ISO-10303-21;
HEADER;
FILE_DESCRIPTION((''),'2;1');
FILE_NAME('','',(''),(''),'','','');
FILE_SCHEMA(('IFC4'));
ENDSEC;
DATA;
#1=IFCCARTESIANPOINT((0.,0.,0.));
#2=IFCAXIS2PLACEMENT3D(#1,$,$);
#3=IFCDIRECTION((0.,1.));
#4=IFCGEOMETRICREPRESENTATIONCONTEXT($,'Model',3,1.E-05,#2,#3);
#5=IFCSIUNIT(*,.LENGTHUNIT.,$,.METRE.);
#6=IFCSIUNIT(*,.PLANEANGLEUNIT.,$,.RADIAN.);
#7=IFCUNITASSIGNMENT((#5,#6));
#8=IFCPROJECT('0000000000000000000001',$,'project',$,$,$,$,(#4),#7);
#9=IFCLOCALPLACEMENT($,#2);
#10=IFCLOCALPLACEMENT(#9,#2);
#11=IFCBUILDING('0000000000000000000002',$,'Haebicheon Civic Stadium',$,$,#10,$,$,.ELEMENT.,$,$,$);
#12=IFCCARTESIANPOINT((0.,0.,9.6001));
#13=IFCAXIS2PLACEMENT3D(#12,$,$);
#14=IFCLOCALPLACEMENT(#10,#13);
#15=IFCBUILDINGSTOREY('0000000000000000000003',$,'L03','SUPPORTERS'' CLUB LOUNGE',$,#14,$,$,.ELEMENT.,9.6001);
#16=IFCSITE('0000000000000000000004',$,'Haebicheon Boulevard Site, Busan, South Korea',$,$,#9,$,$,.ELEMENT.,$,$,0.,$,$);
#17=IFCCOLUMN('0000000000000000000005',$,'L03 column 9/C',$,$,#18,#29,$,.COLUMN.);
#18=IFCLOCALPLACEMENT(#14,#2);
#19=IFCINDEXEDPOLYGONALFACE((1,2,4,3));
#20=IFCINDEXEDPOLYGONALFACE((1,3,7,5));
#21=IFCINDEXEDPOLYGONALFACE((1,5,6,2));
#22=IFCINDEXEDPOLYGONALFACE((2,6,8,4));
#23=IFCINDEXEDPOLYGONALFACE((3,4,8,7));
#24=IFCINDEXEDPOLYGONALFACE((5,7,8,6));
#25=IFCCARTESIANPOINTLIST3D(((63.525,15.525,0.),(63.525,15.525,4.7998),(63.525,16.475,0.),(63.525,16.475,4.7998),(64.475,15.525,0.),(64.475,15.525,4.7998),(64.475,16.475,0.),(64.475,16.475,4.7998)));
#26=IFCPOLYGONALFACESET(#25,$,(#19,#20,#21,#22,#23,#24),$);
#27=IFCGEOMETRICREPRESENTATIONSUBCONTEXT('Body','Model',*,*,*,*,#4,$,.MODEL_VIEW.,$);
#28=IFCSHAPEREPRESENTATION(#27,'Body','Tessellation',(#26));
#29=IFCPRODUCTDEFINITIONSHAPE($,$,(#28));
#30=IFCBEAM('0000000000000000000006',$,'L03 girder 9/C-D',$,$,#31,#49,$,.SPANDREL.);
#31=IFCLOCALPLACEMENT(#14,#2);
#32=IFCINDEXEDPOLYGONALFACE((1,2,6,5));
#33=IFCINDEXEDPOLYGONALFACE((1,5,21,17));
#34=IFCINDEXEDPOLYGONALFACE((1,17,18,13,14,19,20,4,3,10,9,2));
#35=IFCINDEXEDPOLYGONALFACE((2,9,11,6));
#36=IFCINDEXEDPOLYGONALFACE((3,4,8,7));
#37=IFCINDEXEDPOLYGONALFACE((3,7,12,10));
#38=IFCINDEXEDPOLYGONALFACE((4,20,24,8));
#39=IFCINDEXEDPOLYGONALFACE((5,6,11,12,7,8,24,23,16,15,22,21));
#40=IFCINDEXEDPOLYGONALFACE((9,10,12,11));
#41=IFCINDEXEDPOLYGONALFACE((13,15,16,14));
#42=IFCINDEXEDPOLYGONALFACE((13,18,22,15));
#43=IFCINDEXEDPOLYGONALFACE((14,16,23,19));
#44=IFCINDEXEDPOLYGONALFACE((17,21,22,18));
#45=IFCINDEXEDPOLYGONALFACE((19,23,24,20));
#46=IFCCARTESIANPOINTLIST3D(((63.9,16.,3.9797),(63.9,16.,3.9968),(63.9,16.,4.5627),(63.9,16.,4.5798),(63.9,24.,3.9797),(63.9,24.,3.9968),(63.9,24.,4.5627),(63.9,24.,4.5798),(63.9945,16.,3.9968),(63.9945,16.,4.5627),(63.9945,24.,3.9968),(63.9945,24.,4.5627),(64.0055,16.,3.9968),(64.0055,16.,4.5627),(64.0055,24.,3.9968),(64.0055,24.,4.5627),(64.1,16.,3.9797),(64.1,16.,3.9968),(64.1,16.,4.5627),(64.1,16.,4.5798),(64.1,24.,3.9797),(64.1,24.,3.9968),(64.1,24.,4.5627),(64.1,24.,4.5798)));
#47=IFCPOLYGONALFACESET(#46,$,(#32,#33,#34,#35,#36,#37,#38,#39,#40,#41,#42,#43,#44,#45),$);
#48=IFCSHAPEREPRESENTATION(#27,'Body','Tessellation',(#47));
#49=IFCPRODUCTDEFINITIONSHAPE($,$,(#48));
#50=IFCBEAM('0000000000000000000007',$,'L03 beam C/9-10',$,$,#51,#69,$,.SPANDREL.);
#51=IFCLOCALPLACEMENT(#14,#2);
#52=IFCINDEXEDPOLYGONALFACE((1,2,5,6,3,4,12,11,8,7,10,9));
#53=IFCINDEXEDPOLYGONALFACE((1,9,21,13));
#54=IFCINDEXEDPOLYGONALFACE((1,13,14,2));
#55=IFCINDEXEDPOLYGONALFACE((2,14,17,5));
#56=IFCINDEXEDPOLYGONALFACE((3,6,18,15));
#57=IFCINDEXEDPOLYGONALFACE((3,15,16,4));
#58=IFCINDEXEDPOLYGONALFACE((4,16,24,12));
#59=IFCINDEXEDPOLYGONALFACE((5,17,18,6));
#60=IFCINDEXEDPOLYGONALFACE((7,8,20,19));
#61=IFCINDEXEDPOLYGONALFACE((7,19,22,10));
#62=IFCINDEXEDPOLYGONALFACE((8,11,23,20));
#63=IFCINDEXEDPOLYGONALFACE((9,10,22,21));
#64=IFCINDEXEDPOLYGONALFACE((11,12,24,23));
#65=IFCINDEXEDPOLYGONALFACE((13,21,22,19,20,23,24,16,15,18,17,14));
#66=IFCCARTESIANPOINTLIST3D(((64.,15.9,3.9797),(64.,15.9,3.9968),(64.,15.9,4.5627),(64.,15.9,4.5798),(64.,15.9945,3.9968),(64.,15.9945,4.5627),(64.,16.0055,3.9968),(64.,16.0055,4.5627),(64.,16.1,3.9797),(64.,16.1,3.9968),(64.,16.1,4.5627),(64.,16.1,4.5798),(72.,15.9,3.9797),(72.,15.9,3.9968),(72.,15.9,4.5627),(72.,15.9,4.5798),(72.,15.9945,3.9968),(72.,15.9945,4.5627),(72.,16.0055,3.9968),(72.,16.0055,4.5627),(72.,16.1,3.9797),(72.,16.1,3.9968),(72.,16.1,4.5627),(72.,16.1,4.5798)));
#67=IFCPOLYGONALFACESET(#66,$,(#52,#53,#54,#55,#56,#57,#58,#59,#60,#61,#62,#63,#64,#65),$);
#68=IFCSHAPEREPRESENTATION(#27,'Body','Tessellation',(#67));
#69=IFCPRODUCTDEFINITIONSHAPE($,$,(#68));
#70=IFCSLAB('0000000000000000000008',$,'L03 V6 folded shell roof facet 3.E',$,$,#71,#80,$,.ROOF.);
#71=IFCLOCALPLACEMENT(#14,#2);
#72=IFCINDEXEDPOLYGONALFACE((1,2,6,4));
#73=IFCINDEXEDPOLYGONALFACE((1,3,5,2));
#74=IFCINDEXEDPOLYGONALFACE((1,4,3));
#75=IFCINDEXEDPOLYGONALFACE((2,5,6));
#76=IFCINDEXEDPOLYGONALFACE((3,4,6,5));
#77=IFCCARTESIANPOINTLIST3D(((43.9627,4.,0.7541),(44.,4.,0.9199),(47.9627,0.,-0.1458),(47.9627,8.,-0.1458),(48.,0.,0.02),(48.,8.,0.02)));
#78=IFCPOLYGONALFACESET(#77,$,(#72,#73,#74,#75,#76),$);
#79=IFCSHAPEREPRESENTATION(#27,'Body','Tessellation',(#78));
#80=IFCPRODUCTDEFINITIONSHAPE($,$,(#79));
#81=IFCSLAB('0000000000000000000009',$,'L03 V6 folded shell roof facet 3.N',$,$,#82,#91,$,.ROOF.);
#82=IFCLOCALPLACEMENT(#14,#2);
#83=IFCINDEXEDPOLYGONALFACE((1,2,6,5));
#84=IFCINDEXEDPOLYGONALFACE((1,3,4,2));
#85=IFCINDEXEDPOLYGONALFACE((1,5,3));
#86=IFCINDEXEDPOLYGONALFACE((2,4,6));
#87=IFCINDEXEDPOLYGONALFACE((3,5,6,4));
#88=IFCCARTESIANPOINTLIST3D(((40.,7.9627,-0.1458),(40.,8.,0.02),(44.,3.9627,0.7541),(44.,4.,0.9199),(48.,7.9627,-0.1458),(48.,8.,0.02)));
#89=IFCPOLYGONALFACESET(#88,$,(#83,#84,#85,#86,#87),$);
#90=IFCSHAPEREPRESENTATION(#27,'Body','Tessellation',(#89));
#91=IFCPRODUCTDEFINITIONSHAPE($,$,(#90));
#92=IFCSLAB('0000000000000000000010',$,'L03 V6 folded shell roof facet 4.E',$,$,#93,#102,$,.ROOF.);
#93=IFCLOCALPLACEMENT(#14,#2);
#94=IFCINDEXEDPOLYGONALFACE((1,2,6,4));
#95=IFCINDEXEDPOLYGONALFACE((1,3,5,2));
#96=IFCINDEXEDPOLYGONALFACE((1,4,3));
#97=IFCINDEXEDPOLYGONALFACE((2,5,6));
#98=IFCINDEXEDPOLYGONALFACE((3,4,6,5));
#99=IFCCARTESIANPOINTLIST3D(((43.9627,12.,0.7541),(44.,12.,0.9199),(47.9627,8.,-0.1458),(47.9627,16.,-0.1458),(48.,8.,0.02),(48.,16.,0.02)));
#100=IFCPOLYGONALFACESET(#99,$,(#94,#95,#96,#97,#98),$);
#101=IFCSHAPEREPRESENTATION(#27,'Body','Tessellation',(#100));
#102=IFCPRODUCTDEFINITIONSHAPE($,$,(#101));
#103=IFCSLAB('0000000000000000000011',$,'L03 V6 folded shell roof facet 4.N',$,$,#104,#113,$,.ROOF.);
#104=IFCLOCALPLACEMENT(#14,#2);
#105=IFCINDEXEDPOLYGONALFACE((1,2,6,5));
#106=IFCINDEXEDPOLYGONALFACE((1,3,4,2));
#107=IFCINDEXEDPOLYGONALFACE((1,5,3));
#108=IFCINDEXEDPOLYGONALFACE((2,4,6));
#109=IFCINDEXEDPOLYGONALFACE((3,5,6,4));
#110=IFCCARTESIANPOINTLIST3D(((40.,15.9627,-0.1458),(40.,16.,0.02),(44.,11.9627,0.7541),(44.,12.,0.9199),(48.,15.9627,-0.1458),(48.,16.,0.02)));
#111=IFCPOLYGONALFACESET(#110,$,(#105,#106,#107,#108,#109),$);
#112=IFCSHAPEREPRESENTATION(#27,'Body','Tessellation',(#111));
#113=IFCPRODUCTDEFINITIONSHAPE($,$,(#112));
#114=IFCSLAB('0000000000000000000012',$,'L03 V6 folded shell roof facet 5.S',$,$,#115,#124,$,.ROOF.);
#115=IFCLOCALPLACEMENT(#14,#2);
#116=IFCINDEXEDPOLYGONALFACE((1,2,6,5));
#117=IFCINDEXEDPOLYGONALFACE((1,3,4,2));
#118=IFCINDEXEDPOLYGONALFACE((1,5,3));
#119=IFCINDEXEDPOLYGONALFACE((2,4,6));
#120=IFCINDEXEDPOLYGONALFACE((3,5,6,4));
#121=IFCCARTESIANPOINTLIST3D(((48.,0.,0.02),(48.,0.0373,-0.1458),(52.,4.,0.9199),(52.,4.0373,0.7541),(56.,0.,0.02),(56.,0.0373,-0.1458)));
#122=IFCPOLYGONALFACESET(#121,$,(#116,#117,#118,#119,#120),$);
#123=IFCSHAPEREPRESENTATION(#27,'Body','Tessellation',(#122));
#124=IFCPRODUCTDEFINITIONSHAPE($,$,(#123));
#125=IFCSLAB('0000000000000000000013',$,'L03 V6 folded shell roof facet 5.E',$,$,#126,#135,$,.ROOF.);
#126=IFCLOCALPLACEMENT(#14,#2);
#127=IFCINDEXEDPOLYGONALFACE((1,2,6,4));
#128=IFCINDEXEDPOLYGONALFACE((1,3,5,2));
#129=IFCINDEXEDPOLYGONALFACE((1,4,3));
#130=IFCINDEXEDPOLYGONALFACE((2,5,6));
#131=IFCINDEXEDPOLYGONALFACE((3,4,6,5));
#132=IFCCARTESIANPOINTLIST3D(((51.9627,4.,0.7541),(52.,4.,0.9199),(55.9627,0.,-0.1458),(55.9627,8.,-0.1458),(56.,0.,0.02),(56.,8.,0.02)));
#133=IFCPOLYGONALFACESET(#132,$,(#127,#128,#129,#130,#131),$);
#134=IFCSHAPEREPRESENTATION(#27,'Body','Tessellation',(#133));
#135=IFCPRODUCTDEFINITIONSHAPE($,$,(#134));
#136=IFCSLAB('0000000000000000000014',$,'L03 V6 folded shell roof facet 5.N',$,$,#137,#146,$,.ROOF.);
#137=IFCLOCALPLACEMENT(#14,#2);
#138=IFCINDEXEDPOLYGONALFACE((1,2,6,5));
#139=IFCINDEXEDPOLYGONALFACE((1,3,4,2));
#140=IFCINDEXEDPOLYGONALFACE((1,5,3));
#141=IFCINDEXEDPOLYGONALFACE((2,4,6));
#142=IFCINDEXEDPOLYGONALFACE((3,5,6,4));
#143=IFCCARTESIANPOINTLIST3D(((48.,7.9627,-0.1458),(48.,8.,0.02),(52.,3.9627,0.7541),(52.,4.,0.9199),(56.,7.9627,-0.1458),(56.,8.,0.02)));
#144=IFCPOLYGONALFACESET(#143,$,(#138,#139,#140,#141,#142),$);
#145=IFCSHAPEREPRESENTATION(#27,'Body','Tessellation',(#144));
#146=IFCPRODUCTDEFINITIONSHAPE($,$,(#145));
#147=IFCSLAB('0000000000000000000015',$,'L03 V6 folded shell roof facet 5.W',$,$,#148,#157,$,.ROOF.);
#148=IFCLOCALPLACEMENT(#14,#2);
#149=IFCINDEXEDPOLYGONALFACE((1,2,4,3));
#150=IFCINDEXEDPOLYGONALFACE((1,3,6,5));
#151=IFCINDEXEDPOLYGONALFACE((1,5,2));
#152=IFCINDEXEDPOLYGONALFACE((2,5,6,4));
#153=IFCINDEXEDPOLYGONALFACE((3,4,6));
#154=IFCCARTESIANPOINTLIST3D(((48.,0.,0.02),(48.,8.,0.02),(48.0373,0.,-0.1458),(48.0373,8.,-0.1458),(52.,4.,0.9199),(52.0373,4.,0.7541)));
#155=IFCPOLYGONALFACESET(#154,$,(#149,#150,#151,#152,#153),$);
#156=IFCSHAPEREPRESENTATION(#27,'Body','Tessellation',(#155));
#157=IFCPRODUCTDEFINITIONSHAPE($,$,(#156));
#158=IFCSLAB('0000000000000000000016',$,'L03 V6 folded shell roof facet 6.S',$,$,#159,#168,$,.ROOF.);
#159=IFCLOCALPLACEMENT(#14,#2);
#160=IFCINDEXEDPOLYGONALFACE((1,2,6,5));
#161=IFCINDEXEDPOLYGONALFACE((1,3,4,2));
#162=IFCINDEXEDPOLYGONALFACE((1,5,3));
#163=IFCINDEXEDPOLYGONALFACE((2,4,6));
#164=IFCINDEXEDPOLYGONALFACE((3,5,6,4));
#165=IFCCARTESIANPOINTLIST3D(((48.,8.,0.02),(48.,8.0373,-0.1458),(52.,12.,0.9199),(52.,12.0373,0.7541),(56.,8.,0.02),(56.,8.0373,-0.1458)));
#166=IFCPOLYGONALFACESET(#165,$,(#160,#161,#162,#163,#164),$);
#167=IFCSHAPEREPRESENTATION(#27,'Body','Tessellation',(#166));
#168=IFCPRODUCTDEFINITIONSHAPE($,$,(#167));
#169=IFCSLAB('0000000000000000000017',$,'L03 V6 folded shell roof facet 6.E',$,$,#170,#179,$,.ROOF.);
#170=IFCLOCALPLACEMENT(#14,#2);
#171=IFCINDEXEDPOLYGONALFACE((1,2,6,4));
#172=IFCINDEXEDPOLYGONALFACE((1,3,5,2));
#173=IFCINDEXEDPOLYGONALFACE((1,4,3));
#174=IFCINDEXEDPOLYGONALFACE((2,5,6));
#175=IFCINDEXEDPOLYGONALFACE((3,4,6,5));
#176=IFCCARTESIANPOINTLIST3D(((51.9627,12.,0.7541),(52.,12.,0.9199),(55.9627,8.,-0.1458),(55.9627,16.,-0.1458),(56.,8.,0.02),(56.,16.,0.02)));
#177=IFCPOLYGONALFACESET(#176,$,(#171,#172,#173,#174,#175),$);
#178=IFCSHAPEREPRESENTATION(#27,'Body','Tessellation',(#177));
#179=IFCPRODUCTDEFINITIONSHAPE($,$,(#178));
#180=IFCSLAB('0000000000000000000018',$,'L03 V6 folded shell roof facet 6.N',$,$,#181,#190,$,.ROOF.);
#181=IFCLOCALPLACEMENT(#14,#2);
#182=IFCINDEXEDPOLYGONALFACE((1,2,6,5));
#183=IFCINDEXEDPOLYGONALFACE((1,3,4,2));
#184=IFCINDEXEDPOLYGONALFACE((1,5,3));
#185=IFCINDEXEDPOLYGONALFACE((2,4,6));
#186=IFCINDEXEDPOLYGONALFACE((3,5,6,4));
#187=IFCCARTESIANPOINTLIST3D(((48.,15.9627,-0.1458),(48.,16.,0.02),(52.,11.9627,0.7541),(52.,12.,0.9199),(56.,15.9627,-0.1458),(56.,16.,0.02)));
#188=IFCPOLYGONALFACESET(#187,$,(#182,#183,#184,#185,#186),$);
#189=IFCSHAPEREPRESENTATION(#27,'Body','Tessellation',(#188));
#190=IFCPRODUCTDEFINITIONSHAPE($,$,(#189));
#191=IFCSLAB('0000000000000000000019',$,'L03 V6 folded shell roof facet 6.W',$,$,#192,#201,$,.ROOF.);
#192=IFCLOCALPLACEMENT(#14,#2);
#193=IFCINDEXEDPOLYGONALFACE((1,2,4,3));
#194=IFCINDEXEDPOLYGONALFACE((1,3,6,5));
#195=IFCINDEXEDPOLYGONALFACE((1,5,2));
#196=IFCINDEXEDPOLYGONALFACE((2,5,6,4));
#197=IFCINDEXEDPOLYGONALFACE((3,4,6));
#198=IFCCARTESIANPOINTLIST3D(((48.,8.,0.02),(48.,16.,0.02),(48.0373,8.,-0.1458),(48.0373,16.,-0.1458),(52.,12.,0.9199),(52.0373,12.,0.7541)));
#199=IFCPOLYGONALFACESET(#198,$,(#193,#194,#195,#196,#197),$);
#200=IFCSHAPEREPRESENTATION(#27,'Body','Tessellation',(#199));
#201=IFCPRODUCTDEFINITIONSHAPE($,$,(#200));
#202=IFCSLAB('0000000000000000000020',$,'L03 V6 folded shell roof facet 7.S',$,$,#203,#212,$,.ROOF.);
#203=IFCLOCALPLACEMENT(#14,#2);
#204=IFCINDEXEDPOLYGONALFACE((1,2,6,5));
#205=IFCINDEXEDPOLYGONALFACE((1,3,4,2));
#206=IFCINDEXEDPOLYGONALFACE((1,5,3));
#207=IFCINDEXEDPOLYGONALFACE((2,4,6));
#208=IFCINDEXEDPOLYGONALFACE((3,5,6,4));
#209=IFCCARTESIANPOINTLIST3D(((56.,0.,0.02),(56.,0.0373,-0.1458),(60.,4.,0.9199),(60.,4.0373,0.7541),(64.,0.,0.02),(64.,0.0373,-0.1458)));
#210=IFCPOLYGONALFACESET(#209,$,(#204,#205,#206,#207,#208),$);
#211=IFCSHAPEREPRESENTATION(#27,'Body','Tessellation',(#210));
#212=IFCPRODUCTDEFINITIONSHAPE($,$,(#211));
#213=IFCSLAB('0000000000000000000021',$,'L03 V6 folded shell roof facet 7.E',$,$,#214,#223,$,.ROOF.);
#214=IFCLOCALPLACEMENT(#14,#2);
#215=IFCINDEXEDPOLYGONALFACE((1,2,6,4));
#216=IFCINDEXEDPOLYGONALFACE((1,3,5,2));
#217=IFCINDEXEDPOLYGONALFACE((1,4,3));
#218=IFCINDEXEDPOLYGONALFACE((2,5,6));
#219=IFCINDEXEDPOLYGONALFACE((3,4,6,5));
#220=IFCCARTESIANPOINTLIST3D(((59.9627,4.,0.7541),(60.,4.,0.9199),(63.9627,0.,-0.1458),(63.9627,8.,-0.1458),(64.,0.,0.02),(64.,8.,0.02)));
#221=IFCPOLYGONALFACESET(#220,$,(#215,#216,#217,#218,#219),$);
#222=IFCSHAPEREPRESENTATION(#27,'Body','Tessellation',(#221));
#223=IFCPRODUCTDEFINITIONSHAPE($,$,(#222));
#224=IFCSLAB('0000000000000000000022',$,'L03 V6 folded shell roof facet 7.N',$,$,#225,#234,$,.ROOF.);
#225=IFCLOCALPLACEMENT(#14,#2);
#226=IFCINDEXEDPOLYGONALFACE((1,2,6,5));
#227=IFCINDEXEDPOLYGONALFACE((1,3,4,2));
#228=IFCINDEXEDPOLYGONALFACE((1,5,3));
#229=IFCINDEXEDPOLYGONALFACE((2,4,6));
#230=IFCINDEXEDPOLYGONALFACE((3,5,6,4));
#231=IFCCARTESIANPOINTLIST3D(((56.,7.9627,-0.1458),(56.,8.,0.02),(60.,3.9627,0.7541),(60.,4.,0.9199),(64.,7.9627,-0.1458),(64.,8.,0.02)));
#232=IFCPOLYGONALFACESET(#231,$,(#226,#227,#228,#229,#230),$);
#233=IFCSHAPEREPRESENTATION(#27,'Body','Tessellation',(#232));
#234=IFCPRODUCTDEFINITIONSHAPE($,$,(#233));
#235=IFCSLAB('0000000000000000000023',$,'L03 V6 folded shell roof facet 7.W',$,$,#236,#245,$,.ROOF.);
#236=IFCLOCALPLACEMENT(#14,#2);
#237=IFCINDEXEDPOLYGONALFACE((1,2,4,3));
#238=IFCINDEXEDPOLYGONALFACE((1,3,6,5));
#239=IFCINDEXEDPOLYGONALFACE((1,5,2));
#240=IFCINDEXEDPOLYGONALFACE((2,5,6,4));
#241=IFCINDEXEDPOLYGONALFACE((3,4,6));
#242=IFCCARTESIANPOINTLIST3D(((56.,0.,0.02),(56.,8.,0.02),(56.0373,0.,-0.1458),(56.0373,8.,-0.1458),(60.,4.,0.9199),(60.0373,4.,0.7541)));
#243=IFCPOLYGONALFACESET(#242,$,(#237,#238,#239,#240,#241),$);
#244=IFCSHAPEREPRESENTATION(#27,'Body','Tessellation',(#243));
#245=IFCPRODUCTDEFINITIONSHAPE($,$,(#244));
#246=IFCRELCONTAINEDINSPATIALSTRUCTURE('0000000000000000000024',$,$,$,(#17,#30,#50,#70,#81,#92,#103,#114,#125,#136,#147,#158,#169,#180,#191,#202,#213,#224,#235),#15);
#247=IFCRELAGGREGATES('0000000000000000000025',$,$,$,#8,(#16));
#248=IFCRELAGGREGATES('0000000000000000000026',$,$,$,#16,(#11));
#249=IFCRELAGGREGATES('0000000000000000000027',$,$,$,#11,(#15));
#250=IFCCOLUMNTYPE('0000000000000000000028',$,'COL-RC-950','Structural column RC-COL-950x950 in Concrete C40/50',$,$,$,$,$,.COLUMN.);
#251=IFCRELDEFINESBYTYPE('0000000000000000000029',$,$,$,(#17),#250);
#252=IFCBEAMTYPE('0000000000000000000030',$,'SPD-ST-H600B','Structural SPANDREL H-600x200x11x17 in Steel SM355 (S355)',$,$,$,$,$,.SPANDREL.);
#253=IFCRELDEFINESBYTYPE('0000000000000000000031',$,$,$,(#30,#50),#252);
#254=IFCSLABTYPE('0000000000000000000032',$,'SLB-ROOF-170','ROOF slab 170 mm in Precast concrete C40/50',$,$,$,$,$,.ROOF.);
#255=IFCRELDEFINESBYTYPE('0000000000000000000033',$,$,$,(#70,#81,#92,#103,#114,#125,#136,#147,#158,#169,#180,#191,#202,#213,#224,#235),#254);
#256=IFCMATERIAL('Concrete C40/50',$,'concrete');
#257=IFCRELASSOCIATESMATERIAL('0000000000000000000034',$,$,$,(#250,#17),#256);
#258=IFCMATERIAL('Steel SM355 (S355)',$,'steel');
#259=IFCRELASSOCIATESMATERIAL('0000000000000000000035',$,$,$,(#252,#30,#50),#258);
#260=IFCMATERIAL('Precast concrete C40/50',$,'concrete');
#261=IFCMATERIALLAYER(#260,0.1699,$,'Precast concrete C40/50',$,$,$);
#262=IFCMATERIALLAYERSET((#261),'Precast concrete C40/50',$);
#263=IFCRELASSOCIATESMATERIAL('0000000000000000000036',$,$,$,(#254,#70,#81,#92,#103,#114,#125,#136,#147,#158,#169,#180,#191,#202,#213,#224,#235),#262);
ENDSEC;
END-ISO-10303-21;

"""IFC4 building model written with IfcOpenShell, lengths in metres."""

from ifc_helpers import new_model, si_unit, direction, frame, origin, origin_2d, place, context, subcontext, project, spatial, polyline, rectangle, i_section, outline, extrude, material, layer, layer_set, material_profile, profile_set, type_object, element, save


model = new_model("IFC4")

# Units and contexts
model_context = context("Model", 3, precision=1e-05, world=origin(), true_north=direction((0.0, 1.0)))
body_context = subcontext(model_context, "Body", "Model", "MODEL_VIEW")
ifc_project = project(units=[si_unit("LENGTHUNIT", "METRE"), si_unit("PLANEANGLEUNIT", "RADIAN")], contexts=[model_context])

# Site, building, storey
site_placement = place(None, origin())
site = spatial("IfcSite", under=ifc_project, at=site_placement, Name="Haebicheon Boulevard Site, Busan, South Korea", CompositionType="ELEMENT", RefElevation=0.0)
building_placement = place(site_placement, origin())
building = spatial("IfcBuilding", under=site, at=building_placement, Name="Haebicheon Civic Stadium", CompositionType="ELEMENT")
storey_placement = place(building_placement, frame((0.0, 0.0, 9.6001)))
storey = spatial("IfcBuildingStorey", under=building, at=storey_placement, Name="L03", Description="SUPPORTERS' CLUB LOUNGE", CompositionType="ELEMENT", Elevation=9.6001)

# Column
ifc_material_1 = material(Name="Concrete C40/50", Category="concrete")
ifc_material_profile_1 = material_profile(ifc_material_1, rectangle(XDim=0.95, YDim=0.95, at=origin_2d()), Name="RC-COL-950x950")
ifc_profile_set_1 = profile_set([ifc_material_profile_1], Name="Concrete C40/50")
column_type = type_object("IfcColumnType", Name="COL-RC-950", Description="Structural column RC-COL-950x950 in Concrete C40/50", PredefinedType="COLUMN", material=ifc_profile_set_1)
column_placement = place(storey_placement, frame((64.0, 16.0, 0.0), z_axis=(0.0, 0.0, 1.0), x_axis=(1.0, 0.0, 0.0)))
element("IfcColumn", 1, at=column_placement, inside=storey, type_object=column_type, material=ifc_profile_set_1, Name="L03 column 9/C", PredefinedType="COLUMN", context=body_context, shape_type="SweptSolid", body=[
    extrude(rectangle(XDim=0.95, YDim=0.95, at=origin_2d()), origin(), (0.0, 0.0, 1.0), 4.7998),
])

# Beams
ifc_material_2 = material(Name="Steel SM355 (S355)", Category="steel")
ifc_material_profile_2 = material_profile(ifc_material_2, i_section(OverallWidth=0.2, OverallDepth=0.6001, WebThickness=0.011, FlangeThickness=0.0171, at=origin_2d()), Name="H-600x200x11x17")
ifc_profile_set_2 = profile_set([ifc_material_profile_2], Name="Steel SM355 (S355)")
beam_type = type_object("IfcBeamType", Name="SPD-ST-H600B", Description="Structural SPANDREL H-600x200x11x17 in Steel SM355 (S355)", PredefinedType="SPANDREL", material=ifc_profile_set_2)
for number, where, z_axis, x_axis, name in (
    (2, (64.0, 16.0, 4.2798), (0.0, 1.0, 0.0), (-1.0, 0.0, 0.0), "L03 girder 9/C-D"),
    (3, (64.0, 16.0, 4.2798), (1.0, 0.0, 0.0), (0.0, 1.0, 0.0), "L03 beam C/9-10"),
):
    element("IfcBeam", number, at=place(storey_placement, frame(where, z_axis=z_axis, x_axis=x_axis)), inside=storey, type_object=beam_type, material=ifc_profile_set_2, Name=name, PredefinedType="SPANDREL", context=body_context, shape_type="SweptSolid", body=[
        extrude(i_section(OverallWidth=0.2, OverallDepth=0.6001, WebThickness=0.011, FlangeThickness=0.0171, at=origin_2d()), origin(), (0.0, 0.0, 1.0), 8.0),
    ])

# Slabs
ifc_material_3 = material(Name="Precast concrete C40/50", Category="concrete")
ifc_layer_1 = layer(ifc_material_3, 0.1699, Name="Precast concrete C40/50")
ifc_layer_set_1 = layer_set([ifc_layer_1], Name="Precast concrete C40/50")
slab_type = type_object("IfcSlabType", Name="SLB-ROOF-170", Description="ROOF slab 170 mm in Precast concrete C40/50", PredefinedType="ROOF", material=ifc_layer_set_1)
for number, where, z_axis, x_axis, name in (
    (4, (48.0, 0.0, 0.02), (0.21949, 0.0, 0.975615), (0.0, 1.0, 0.0), "L03 V6 folded shell roof facet 3.E"),
    (5, (48.0, 8.0, 0.02), (0.0, 0.21949, 0.975615), (-1.0, 0.0, 0.0), "L03 V6 folded shell roof facet 3.N"),
    (6, (48.0, 8.0, 0.02), (0.21949, 0.0, 0.975615), (0.0, 1.0, 0.0), "L03 V6 folded shell roof facet 4.E"),
    (7, (48.0, 16.0, 0.02), (0.0, 0.21949, 0.975615), (-1.0, 0.0, 0.0), "L03 V6 folded shell roof facet 4.N"),
    (8, (48.0, 0.0, 0.02), (0.0, -0.21949, 0.975615), (1.0, 0.0, 0.0), "L03 V6 folded shell roof facet 5.S"),
    (9, (56.0, 0.0, 0.02), (0.21949, 0.0, 0.975615), (0.0, 1.0, 0.0), "L03 V6 folded shell roof facet 5.E"),
    (10, (56.0, 8.0, 0.02), (0.0, 0.21949, 0.975615), (-1.0, 0.0, 0.0), "L03 V6 folded shell roof facet 5.N"),
    (11, (48.0, 8.0, 0.02), (-0.21949, 0.0, 0.975615), (0.0, -1.0, 0.0), "L03 V6 folded shell roof facet 5.W"),
    (12, (48.0, 8.0, 0.02), (0.0, -0.21949, 0.975615), (1.0, 0.0, 0.0), "L03 V6 folded shell roof facet 6.S"),
    (13, (56.0, 8.0, 0.02), (0.21949, 0.0, 0.975615), (0.0, 1.0, 0.0), "L03 V6 folded shell roof facet 6.E"),
    (14, (56.0, 16.0, 0.02), (0.0, 0.21949, 0.975615), (-1.0, 0.0, 0.0), "L03 V6 folded shell roof facet 6.N"),
    (15, (48.0, 16.0, 0.02), (-0.21949, 0.0, 0.975615), (0.0, -1.0, 0.0), "L03 V6 folded shell roof facet 6.W"),
    (16, (56.0, 0.0, 0.02), (0.0, -0.21949, 0.975615), (1.0, 0.0, 0.0), "L03 V6 folded shell roof facet 7.S"),
    (17, (64.0, 0.0, 0.02), (0.21949, 0.0, 0.975615), (0.0, 1.0, 0.0), "L03 V6 folded shell roof facet 7.E"),
    (18, (64.0, 8.0, 0.02), (0.0, 0.21949, 0.975615), (-1.0, 0.0, 0.0), "L03 V6 folded shell roof facet 7.N"),
    (19, (56.0, 8.0, 0.02), (-0.21949, 0.0, 0.975615), (0.0, -1.0, 0.0), "L03 V6 folded shell roof facet 7.W"),
):
    element("IfcSlab", number, at=place(storey_placement, frame(where, z_axis=z_axis, x_axis=x_axis)), inside=storey, type_object=slab_type, material=ifc_layer_set_1, Name=name, PredefinedType="ROOF", context=body_context, shape_type="SweptSolid", body=[
        extrude(outline(polyline([(0.0, 0.0), (8.0, 0.0), (4.0, 4.1), (0.0, 0.0)])), origin(), (0.0, 0.0, -1.0), 0.1699),
    ])

save(model, "model.ifc")
